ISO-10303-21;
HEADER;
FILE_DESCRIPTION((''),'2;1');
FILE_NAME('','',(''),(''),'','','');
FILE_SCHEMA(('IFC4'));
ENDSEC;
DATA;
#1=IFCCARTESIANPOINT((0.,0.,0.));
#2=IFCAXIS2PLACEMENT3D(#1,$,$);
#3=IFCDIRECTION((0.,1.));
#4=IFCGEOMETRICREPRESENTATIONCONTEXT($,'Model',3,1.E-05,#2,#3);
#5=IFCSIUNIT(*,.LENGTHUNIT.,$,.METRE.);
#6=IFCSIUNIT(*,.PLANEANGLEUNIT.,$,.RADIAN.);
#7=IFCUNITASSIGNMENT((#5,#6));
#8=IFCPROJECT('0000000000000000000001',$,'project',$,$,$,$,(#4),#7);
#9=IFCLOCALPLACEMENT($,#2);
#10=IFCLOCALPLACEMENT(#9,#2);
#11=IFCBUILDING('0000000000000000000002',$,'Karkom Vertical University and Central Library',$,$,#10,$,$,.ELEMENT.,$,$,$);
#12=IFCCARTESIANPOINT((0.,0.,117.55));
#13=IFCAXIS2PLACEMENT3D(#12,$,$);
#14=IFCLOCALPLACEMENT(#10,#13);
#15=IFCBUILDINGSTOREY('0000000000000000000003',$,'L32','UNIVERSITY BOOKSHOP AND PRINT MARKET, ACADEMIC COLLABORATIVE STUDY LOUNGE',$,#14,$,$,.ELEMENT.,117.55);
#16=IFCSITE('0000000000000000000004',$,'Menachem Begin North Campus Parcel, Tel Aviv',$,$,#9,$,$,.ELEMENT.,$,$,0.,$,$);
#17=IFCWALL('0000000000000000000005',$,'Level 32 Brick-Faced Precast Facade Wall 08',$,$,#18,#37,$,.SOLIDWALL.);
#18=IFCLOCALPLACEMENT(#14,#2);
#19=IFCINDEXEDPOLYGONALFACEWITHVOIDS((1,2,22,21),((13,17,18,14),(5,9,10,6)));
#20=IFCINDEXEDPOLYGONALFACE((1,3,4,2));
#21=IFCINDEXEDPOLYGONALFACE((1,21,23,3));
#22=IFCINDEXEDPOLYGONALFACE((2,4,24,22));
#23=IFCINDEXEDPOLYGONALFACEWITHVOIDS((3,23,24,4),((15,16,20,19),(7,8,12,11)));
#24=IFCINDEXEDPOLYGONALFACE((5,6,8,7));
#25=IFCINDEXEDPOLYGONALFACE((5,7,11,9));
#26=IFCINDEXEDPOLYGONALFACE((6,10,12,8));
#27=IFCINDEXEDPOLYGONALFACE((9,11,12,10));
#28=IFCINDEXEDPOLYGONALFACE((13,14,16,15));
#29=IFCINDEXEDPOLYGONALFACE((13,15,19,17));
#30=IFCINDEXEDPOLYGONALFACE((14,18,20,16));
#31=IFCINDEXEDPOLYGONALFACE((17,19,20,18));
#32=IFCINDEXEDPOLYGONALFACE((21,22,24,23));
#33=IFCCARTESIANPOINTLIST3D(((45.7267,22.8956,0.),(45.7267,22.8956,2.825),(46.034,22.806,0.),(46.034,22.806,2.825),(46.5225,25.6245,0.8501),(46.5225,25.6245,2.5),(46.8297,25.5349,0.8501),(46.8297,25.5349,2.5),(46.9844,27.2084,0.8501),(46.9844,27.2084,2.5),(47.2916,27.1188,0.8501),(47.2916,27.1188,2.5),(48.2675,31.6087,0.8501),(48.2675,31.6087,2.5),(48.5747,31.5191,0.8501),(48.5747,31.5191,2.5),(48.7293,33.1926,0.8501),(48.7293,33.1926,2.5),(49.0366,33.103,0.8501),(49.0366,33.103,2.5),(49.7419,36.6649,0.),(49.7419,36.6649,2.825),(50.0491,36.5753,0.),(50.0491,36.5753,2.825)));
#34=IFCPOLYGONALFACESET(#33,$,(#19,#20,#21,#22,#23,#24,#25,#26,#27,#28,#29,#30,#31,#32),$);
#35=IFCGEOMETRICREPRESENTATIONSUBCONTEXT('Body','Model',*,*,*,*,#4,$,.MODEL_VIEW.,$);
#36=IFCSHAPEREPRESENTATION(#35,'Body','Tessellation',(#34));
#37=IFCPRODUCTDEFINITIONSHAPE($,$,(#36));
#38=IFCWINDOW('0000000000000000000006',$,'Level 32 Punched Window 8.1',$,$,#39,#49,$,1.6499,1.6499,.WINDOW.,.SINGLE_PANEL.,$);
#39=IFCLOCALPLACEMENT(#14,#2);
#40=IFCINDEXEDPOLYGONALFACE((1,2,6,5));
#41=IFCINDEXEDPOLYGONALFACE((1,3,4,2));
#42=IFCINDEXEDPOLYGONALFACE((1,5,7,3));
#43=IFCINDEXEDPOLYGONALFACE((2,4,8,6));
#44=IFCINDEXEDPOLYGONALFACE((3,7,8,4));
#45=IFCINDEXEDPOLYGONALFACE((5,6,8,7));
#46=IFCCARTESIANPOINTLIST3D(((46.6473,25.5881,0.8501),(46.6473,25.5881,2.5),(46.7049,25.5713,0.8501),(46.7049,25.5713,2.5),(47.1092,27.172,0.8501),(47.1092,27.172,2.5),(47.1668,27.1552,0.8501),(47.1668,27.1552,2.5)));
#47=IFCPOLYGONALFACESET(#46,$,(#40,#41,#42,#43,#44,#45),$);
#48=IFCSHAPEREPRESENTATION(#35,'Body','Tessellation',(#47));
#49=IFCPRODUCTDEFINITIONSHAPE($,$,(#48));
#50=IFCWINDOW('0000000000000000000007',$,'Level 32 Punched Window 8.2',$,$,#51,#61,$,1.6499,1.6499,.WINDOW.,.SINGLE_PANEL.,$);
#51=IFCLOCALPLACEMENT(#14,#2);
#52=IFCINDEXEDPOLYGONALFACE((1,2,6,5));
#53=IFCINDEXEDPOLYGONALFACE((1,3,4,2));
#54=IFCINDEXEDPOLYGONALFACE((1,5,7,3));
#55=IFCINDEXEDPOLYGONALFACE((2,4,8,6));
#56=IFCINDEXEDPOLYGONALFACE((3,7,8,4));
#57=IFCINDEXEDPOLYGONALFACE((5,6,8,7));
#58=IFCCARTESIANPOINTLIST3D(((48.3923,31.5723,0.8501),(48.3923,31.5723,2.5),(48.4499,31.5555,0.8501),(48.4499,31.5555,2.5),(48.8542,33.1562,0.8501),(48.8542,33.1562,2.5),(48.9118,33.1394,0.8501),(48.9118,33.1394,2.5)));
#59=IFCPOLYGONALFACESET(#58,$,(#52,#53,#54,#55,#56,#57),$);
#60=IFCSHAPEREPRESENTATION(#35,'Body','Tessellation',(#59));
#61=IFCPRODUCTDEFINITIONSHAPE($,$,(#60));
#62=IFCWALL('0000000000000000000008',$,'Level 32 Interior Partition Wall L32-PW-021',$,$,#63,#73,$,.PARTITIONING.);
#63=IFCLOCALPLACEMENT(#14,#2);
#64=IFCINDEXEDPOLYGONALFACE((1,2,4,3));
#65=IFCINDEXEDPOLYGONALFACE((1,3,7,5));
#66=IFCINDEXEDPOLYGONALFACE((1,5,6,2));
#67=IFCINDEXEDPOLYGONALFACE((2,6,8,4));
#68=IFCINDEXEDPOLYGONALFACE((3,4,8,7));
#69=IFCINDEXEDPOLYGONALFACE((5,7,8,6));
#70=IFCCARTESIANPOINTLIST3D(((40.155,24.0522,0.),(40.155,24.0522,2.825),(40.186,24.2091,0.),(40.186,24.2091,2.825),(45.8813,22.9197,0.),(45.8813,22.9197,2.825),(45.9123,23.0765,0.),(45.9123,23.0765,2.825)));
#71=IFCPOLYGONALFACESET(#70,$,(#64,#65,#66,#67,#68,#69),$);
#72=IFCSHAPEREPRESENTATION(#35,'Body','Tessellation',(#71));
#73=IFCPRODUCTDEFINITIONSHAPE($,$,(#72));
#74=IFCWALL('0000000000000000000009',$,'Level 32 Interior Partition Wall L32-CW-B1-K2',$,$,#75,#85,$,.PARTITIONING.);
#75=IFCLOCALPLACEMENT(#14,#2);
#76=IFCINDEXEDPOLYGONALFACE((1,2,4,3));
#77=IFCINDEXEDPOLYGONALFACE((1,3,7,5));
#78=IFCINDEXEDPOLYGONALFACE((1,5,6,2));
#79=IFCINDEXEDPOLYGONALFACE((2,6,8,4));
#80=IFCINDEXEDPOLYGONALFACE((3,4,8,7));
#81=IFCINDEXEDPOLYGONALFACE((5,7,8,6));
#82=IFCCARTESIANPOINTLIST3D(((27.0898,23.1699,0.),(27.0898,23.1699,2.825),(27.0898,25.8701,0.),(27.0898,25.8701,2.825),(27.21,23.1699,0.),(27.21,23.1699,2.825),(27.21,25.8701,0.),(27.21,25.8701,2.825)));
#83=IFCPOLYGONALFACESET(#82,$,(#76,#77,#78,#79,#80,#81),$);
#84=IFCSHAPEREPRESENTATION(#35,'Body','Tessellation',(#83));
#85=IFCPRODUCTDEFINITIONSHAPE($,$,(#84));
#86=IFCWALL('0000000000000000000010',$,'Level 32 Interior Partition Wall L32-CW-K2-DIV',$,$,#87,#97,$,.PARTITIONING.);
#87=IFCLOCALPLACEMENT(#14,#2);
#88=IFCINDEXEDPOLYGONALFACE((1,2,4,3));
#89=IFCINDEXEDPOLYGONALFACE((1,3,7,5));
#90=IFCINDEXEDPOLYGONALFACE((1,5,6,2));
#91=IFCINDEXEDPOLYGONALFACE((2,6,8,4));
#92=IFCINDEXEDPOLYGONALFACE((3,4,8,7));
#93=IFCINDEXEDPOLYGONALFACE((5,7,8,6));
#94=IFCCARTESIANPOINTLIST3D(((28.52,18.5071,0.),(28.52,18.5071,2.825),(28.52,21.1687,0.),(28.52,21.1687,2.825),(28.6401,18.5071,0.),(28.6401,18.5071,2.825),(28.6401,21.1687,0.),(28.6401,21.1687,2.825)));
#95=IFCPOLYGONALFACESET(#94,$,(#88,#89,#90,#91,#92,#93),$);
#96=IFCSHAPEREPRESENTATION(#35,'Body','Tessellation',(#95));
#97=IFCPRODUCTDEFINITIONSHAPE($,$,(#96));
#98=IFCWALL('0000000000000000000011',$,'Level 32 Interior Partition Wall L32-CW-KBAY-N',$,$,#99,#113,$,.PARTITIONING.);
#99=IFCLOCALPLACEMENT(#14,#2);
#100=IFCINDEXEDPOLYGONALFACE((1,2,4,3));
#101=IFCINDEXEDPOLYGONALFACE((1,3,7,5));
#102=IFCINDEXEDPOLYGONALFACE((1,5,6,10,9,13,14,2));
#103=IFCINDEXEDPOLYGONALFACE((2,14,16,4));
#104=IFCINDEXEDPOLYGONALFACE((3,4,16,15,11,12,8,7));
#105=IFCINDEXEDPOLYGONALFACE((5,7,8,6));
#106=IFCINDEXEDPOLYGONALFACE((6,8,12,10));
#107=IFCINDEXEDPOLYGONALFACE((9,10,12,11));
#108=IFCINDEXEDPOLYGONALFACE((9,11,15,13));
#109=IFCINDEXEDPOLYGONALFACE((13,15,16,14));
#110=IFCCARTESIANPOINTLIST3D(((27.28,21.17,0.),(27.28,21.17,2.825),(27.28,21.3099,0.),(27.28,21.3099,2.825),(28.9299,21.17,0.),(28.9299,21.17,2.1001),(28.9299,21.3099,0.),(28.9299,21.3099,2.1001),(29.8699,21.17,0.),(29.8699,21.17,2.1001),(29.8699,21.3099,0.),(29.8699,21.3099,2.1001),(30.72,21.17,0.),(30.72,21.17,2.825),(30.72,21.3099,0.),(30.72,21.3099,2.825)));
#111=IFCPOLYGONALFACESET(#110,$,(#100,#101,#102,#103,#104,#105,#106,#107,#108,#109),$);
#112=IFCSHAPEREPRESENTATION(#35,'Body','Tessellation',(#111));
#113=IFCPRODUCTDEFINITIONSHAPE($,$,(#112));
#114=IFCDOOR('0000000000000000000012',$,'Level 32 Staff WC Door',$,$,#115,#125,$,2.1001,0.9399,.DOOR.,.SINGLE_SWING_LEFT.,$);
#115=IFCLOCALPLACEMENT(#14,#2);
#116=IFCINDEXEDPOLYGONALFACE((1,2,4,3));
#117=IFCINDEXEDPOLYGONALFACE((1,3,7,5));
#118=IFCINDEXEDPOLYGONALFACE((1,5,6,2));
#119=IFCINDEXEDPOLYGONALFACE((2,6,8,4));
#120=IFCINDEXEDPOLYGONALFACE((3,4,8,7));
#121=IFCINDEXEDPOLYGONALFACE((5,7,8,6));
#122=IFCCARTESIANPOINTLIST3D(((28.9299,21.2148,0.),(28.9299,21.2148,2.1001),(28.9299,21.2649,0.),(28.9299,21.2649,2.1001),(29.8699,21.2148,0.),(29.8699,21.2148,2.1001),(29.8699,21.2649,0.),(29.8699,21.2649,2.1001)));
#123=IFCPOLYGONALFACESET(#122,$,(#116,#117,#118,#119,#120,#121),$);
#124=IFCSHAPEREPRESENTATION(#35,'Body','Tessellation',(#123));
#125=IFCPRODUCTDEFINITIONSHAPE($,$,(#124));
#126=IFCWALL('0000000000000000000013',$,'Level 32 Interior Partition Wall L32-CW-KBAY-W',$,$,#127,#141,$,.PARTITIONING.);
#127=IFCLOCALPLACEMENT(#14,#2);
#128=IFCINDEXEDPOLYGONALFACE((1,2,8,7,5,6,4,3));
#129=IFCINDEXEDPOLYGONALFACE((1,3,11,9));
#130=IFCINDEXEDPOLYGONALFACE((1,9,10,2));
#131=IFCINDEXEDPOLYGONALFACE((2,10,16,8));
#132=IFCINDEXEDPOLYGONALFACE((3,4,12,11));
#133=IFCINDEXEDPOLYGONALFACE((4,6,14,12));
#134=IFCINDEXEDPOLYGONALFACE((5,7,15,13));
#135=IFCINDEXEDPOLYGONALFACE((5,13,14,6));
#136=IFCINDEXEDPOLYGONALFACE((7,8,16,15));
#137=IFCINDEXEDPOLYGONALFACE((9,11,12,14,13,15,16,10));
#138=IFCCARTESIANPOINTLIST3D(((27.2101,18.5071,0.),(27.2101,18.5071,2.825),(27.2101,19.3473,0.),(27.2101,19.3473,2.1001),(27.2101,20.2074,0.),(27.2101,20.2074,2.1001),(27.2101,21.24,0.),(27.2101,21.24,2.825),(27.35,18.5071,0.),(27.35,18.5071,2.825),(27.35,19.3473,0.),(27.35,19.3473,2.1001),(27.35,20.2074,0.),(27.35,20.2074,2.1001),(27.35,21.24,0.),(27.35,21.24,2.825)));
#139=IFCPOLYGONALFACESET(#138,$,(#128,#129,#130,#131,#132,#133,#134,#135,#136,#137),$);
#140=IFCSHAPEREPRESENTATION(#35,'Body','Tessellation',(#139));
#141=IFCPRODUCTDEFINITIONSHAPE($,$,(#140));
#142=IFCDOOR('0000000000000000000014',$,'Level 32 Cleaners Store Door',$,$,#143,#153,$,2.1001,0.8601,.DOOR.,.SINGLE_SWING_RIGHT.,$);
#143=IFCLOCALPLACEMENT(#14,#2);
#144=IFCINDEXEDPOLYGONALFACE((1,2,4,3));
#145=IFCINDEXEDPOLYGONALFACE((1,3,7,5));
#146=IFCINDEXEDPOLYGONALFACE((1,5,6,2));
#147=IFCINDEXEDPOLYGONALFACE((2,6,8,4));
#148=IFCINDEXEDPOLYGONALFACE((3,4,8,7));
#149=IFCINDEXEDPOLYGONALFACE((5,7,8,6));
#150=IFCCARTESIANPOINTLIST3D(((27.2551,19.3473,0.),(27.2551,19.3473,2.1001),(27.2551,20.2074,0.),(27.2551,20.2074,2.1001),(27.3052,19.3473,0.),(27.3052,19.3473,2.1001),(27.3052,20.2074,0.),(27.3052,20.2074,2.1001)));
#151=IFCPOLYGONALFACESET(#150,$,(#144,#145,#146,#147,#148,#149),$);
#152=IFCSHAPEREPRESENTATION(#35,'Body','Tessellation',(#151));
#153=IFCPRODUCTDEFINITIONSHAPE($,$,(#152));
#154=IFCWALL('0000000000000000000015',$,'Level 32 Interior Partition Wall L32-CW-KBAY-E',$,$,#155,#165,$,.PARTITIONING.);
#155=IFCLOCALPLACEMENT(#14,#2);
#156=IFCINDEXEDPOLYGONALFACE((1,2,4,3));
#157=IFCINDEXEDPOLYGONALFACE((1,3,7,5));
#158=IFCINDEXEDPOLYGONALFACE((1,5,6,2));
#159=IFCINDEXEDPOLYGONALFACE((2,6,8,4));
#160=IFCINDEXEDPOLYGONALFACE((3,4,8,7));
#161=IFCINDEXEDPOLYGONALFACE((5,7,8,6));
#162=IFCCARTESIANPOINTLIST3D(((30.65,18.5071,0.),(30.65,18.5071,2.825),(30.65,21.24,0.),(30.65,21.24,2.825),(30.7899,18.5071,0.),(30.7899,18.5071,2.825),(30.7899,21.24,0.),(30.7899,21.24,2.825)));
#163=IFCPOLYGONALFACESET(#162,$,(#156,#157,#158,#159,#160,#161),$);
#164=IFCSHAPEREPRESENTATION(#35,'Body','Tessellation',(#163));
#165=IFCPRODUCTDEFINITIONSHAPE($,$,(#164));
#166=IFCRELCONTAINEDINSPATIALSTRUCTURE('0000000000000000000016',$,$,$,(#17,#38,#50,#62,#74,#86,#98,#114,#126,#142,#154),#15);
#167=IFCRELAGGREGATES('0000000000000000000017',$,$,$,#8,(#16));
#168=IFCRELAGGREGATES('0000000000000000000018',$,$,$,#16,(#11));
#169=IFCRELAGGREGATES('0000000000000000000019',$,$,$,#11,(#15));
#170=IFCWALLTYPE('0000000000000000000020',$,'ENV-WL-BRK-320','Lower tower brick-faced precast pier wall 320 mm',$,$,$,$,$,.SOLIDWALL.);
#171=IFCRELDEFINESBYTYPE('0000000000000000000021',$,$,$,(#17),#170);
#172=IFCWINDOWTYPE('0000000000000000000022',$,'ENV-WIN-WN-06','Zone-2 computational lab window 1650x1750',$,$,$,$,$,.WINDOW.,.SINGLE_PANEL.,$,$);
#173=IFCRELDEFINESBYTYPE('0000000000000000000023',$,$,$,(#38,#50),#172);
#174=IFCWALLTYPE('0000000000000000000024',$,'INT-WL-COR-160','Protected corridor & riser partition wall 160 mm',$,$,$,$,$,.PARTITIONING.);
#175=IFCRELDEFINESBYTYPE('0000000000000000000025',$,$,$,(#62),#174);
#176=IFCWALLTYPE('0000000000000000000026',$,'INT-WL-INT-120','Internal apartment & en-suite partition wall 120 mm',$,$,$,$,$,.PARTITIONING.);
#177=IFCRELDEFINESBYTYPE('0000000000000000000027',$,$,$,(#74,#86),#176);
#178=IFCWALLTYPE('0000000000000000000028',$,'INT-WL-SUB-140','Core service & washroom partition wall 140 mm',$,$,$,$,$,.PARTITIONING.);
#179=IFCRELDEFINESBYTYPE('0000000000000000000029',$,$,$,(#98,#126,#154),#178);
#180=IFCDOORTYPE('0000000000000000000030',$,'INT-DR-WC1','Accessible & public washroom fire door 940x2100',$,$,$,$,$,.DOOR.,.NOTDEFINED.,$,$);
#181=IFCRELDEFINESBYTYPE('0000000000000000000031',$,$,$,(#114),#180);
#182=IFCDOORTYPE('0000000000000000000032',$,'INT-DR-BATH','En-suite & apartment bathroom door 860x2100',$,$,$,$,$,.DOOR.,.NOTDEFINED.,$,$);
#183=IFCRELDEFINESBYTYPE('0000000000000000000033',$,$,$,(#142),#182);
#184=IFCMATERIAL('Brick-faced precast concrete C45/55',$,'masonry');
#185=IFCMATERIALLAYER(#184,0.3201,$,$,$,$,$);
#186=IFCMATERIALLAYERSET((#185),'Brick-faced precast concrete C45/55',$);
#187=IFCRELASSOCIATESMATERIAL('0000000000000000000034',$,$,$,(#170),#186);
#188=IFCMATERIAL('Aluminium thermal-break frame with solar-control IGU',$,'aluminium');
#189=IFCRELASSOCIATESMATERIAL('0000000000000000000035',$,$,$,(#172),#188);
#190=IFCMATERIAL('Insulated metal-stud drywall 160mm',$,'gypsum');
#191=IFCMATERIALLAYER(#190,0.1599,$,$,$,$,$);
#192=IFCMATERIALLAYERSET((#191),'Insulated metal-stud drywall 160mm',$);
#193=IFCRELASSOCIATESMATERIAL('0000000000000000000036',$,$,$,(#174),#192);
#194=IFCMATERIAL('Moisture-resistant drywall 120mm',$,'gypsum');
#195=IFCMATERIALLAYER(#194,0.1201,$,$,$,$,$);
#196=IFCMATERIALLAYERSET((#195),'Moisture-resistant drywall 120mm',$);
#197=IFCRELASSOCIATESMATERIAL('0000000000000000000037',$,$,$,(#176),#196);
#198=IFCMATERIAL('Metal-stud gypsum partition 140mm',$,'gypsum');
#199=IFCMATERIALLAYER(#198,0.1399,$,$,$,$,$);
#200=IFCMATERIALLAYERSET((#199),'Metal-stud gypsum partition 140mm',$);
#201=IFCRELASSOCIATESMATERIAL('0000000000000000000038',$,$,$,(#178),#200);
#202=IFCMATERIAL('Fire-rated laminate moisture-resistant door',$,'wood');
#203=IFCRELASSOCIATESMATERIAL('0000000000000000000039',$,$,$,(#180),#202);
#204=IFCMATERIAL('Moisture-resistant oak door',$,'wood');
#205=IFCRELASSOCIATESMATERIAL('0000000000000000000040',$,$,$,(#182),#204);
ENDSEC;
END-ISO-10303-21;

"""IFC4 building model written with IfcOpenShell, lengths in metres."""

from ifc_helpers import new_model, si_unit, direction, frame, frame_2d, origin, origin_with_axes, place, context, subcontext, project, spatial, rectangle, extrude, source, transform, mapped, material, layer, layer_set, type_object, element, fill, save


model = new_model("IFC4")

# Units and contexts
model_context = context("Model", 3, precision=1e-05, world=origin(), true_north=direction((0.0, 1.0)))
body_context = subcontext(model_context, "Body", "Model", "MODEL_VIEW")
ifc_project = project(units=[si_unit("LENGTHUNIT", "METRE"), si_unit("PLANEANGLEUNIT", "RADIAN")], contexts=[model_context])

# Site, building, storey
site_placement = place(None, origin())
site = spatial("IfcSite", under=ifc_project, at=site_placement, Name="Menachem Begin North Campus Parcel, Tel Aviv", CompositionType="ELEMENT", RefElevation=0.0)
building_placement = place(site_placement, origin())
building = spatial("IfcBuilding", under=site, at=building_placement, Name="Karkom Vertical University and Central Library", CompositionType="ELEMENT")
storey_placement = place(building_placement, frame((0.0, 0.0, 117.55)))
storey = spatial("IfcBuildingStorey", under=building, at=storey_placement, Name="L32", Description="UNIVERSITY BOOKSHOP AND PRINT MARKET, ACADEMIC COLLABORATIVE STUDY LOUNGE", CompositionType="ELEMENT", Elevation=117.55)

# Wall, openings, windows
ifc_material_1 = material(Name="Brick-faced precast concrete C45/55", Category="masonry")
ifc_layer_1 = layer(ifc_material_1, 0.3201)
ifc_layer_set_1 = layer_set([ifc_layer_1], Name="Brick-faced precast concrete C45/55")
wall_type_1 = type_object("IfcWallType", Name="ENV-WL-BRK-320", Description="Lower tower brick-faced precast pier wall 320 mm", PredefinedType="SOLIDWALL", material=ifc_layer_set_1)
wall_1_placement = place(storey_placement, frame((45.8804, 22.8508, 0.0), z_axis=(0.0, 0.0, 1.0), x_axis=(0.279942, 0.960017, 0.0)))
wall_1 = element("IfcWall", 1, at=wall_1_placement, inside=storey, type_object=wall_type_1, Name="Level 32 Brick-Faced Precast Facade Wall 08", PredefinedType="SOLIDWALL", context=body_context, shape_type="SweptSolid", body=[
    extrude(rectangle(XDim=14.3428, YDim=0.3201, at=frame_2d((7.1714, 0.0))), origin(), (0.0, 0.0, 1.0), 2.825),
])
opening_1_placement = place(wall_1_placement, frame((2.8425, 0.0, 0.8501)))
opening_1 = element("IfcOpeningElement", 2, at=opening_1_placement, cuts=wall_1, PredefinedType="OPENING", context=body_context, shape_type="SweptSolid", body=[
    extrude(rectangle(XDim=1.6499, YDim=1.6499, at=frame_2d((0.825, 0.825))), frame((0.0, 0.1699, 0.0), z_axis=(0.0, -1.0, 0.0), x_axis=(1.0, 0.0, 0.0)), (0.0, 0.0, 1.0), 0.3401),
])
opening_2_placement = place(wall_1_placement, frame((9.0759, 0.0, 0.8501)))
opening_2 = element("IfcOpeningElement", 3, at=opening_2_placement, cuts=wall_1, PredefinedType="OPENING", context=body_context, shape_type="SweptSolid", body=[
    extrude(rectangle(XDim=1.6499, YDim=1.6499, at=frame_2d((0.825, 0.825))), frame((0.0, 0.1699, 0.0), z_axis=(0.0, -1.0, 0.0), x_axis=(1.0, 0.0, 0.0)), (0.0, 0.0, 1.0), 0.3401),
])
ifc_material_2 = material(Name="Aluminium thermal-break frame with solar-control IGU", Category="aluminium")
window_type = type_object("IfcWindowType", Name="ENV-WIN-WN-06", Description="Zone-2 computational lab window 1650x1750", PartitioningType="SINGLE_PANEL", PredefinedType="WINDOW", material=ifc_material_2)
shared_shape_1 = source(origin_with_axes(), body_context, "Body", "SweptSolid", [
    extrude(rectangle(XDim=1.6499, YDim=1.6499, at=frame_2d((0.825, 0.825))), frame((0.0, 0.03, 0.0), z_axis=(0.0, -1.0, 0.0), x_axis=(1.0, 0.0, 0.0)), (0.0, 0.0, 1.0), 0.0601),
])
window_1_placement = place(opening_1_placement, origin())
window_1 = element("IfcWindow", 4, at=window_1_placement, inside=storey, type_object=window_type, Name="Level 32 Punched Window 8.1", OverallHeight=1.6499, OverallWidth=1.6499, PartitioningType="SINGLE_PANEL", PredefinedType="WINDOW", context=body_context, shape_type="MappedRepresentation", body=[
    mapped(shared_shape_1, transform((0.0, 0.0, 0.0), scale=1.0)),
])
fill(opening_1, window_1)
window_2_placement = place(opening_2_placement, origin())
window_2 = element("IfcWindow", 5, at=window_2_placement, inside=storey, type_object=window_type, Name="Level 32 Punched Window 8.2", OverallHeight=1.6499, OverallWidth=1.6499, PartitioningType="SINGLE_PANEL", PredefinedType="WINDOW", context=body_context, shape_type="MappedRepresentation", body=[
    mapped(shared_shape_1, transform((0.0, 0.0, 0.0), scale=1.0)),
])
fill(opening_2, window_2)

# Walls
ifc_material_3 = material(Name="Insulated metal-stud drywall 160mm", Category="gypsum")
ifc_layer_2 = layer(ifc_material_3, 0.1599)
ifc_layer_set_2 = layer_set([ifc_layer_2], Name="Insulated metal-stud drywall 160mm")
wall_type_2 = type_object("IfcWallType", Name="INT-WL-COR-160", Description="Protected corridor & riser partition wall 160 mm", PredefinedType="PARTITIONING", material=ifc_layer_set_2)
wall_2_placement = place(storey_placement, frame((40.1707, 24.1306, 0.0), z_axis=(0.0, 0.0, 1.0), x_axis=(0.980997, -0.194024, 0.0)))
element("IfcWall", 6, at=wall_2_placement, inside=storey, type_object=wall_type_2, Name="Level 32 Interior Partition Wall L32-PW-021", PredefinedType="PARTITIONING", context=body_context, shape_type="SweptSolid", body=[
    extrude(rectangle(XDim=5.8372, YDim=0.1599, at=frame_2d((2.9185, 0.0))), origin(), (0.0, 0.0, 1.0), 2.825),
])
ifc_material_4 = material(Name="Moisture-resistant drywall 120mm", Category="gypsum")
ifc_layer_3 = layer(ifc_material_4, 0.1201)
ifc_layer_set_3 = layer_set([ifc_layer_3], Name="Moisture-resistant drywall 120mm")
wall_type_3 = type_object("IfcWallType", Name="INT-WL-INT-120", Description="Internal apartment & en-suite partition wall 120 mm", PredefinedType="PARTITIONING", material=ifc_layer_set_3)
wall_3_placement = place(storey_placement, frame((27.1499, 23.1699, 0.0), z_axis=(0.0, 0.0, 1.0), x_axis=(0.0, 1.0, 0.0)))
element("IfcWall", 7, at=wall_3_placement, inside=storey, type_object=wall_type_3, Name="Level 32 Interior Partition Wall L32-CW-B1-K2", PredefinedType="PARTITIONING", context=body_context, shape_type="SweptSolid", body=[
    extrude(rectangle(XDim=2.7002, YDim=0.1201, at=frame_2d((1.3501, 0.0))), origin(), (0.0, 0.0, 1.0), 2.825),
])
wall_4_placement = place(storey_placement, frame((28.5801, 18.5071, 0.0), z_axis=(0.0, 0.0, 1.0), x_axis=(0.0, 1.0, 0.0)))
element("IfcWall", 8, at=wall_4_placement, inside=storey, type_object=wall_type_3, Name="Level 32 Interior Partition Wall L32-CW-K2-DIV", PredefinedType="PARTITIONING", context=body_context, shape_type="SweptSolid", body=[
    extrude(rectangle(XDim=2.6616, YDim=0.1201, at=frame_2d((1.3308, 0.0))), origin(), (0.0, 0.0, 1.0), 2.825),
])

# Walls, openings, doors
ifc_material_5 = material(Name="Metal-stud gypsum partition 140mm", Category="gypsum")
ifc_layer_4 = layer(ifc_material_5, 0.1399)
ifc_layer_set_4 = layer_set([ifc_layer_4], Name="Metal-stud gypsum partition 140mm")
wall_type_4 = type_object("IfcWallType", Name="INT-WL-SUB-140", Description="Core service & washroom partition wall 140 mm", PredefinedType="PARTITIONING", material=ifc_layer_set_4)
wall_5_placement = place(storey_placement, frame((27.28, 21.24, 0.0), z_axis=(0.0, 0.0, 1.0), x_axis=(1.0, 0.0, 0.0)))
wall_5 = element("IfcWall", 9, at=wall_5_placement, inside=storey, type_object=wall_type_4, Name="Level 32 Interior Partition Wall L32-CW-KBAY-N", PredefinedType="PARTITIONING", context=body_context, shape_type="SweptSolid", body=[
    extrude(rectangle(XDim=3.4399, YDim=0.1399, at=frame_2d((1.72, 0.0))), origin(), (0.0, 0.0, 1.0), 2.825),
])
opening_3_placement = place(wall_5_placement, frame((1.6499, 0.0, 0.0)))
opening_3 = element("IfcOpeningElement", 10, at=opening_3_placement, cuts=wall_5, PredefinedType="OPENING", context=body_context, shape_type="SweptSolid", body=[
    extrude(rectangle(XDim=0.9399, YDim=2.1001, at=frame_2d((0.47, 1.05))), frame((0.0, 0.0801, 0.0), z_axis=(0.0, -1.0, 0.0), x_axis=(1.0, 0.0, 0.0)), (0.0, 0.0, 1.0), 0.1599),
])
ifc_material_6 = material(Name="Fire-rated laminate moisture-resistant door", Category="wood")
door_type_1 = type_object("IfcDoorType", Name="INT-DR-WC1", Description="Accessible & public washroom fire door 940x2100", OperationType="NOTDEFINED", PredefinedType="DOOR", material=ifc_material_6)
shared_shape_2 = source(origin_with_axes(), body_context, "Body", "SweptSolid", [
    extrude(rectangle(XDim=0.9399, YDim=2.1001, at=frame_2d((0.47, 1.05))), frame((0.0, 0.0249, 0.0), z_axis=(0.0, -1.0, 0.0), x_axis=(1.0, 0.0, 0.0)), (0.0, 0.0, 1.0), 0.05),
])
door_1_placement = place(opening_3_placement, origin())
door_1 = element("IfcDoor", 11, at=door_1_placement, inside=storey, type_object=door_type_1, Name="Level 32 Staff WC Door", OperationType="SINGLE_SWING_LEFT", OverallHeight=2.1001, OverallWidth=0.9399, PredefinedType="DOOR", context=body_context, shape_type="MappedRepresentation", body=[
    mapped(shared_shape_2, transform((0.0, 0.0, 0.0), scale=1.0)),
])
fill(opening_3, door_1)
wall_6_placement = place(storey_placement, frame((27.28, 18.5071, 0.0), z_axis=(0.0, 0.0, 1.0), x_axis=(0.0, 1.0, 0.0)))
wall_6 = element("IfcWall", 12, at=wall_6_placement, inside=storey, type_object=wall_type_4, Name="Level 32 Interior Partition Wall L32-CW-KBAY-W", PredefinedType="PARTITIONING", context=body_context, shape_type="SweptSolid", body=[
    extrude(rectangle(XDim=2.7329, YDim=0.1399, at=frame_2d((1.3665, 0.0))), origin(), (0.0, 0.0, 1.0), 2.825),
])
opening_4_placement = place(wall_6_placement, frame((0.8401, 0.0, 0.0)))
opening_4 = element("IfcOpeningElement", 13, at=opening_4_placement, cuts=wall_6, PredefinedType="OPENING", context=body_context, shape_type="SweptSolid", body=[
    extrude(rectangle(XDim=0.8601, YDim=2.1001, at=frame_2d((0.4302, 1.05))), frame((0.0, 0.0801, 0.0), z_axis=(0.0, -1.0, 0.0), x_axis=(1.0, 0.0, 0.0)), (0.0, 0.0, 1.0), 0.1599),
])
ifc_material_7 = material(Name="Moisture-resistant oak door", Category="wood")
door_type_2 = type_object("IfcDoorType", Name="INT-DR-BATH", Description="En-suite & apartment bathroom door 860x2100", OperationType="NOTDEFINED", PredefinedType="DOOR", material=ifc_material_7)
shared_shape_3 = source(origin_with_axes(), body_context, "Body", "SweptSolid", [
    extrude(rectangle(XDim=0.8601, YDim=2.1001, at=frame_2d((0.4302, 1.05))), frame((0.0, 0.0249, 0.0), z_axis=(0.0, -1.0, 0.0), x_axis=(1.0, 0.0, 0.0)), (0.0, 0.0, 1.0), 0.05),
])
door_2_placement = place(opening_4_placement, origin())
door_2 = element("IfcDoor", 14, at=door_2_placement, inside=storey, type_object=door_type_2, Name="Level 32 Cleaners Store Door", OperationType="SINGLE_SWING_RIGHT", OverallHeight=2.1001, OverallWidth=0.8601, PredefinedType="DOOR", context=body_context, shape_type="MappedRepresentation", body=[
    mapped(shared_shape_3, transform((0.0, 0.0, 0.0), scale=1.0)),
])
fill(opening_4, door_2)

# Wall
wall_7_placement = place(storey_placement, frame((30.72, 18.5071, 0.0), z_axis=(0.0, 0.0, 1.0), x_axis=(0.0, 1.0, 0.0)))
element("IfcWall", 15, at=wall_7_placement, inside=storey, type_object=wall_type_4, Name="Level 32 Interior Partition Wall L32-CW-KBAY-E", PredefinedType="PARTITIONING", context=body_context, shape_type="SweptSolid", body=[
    extrude(rectangle(XDim=2.7329, YDim=0.1399, at=frame_2d((1.3665, 0.0))), origin(), (0.0, 0.0, 1.0), 2.825),
])

save(model, "model.ifc")
